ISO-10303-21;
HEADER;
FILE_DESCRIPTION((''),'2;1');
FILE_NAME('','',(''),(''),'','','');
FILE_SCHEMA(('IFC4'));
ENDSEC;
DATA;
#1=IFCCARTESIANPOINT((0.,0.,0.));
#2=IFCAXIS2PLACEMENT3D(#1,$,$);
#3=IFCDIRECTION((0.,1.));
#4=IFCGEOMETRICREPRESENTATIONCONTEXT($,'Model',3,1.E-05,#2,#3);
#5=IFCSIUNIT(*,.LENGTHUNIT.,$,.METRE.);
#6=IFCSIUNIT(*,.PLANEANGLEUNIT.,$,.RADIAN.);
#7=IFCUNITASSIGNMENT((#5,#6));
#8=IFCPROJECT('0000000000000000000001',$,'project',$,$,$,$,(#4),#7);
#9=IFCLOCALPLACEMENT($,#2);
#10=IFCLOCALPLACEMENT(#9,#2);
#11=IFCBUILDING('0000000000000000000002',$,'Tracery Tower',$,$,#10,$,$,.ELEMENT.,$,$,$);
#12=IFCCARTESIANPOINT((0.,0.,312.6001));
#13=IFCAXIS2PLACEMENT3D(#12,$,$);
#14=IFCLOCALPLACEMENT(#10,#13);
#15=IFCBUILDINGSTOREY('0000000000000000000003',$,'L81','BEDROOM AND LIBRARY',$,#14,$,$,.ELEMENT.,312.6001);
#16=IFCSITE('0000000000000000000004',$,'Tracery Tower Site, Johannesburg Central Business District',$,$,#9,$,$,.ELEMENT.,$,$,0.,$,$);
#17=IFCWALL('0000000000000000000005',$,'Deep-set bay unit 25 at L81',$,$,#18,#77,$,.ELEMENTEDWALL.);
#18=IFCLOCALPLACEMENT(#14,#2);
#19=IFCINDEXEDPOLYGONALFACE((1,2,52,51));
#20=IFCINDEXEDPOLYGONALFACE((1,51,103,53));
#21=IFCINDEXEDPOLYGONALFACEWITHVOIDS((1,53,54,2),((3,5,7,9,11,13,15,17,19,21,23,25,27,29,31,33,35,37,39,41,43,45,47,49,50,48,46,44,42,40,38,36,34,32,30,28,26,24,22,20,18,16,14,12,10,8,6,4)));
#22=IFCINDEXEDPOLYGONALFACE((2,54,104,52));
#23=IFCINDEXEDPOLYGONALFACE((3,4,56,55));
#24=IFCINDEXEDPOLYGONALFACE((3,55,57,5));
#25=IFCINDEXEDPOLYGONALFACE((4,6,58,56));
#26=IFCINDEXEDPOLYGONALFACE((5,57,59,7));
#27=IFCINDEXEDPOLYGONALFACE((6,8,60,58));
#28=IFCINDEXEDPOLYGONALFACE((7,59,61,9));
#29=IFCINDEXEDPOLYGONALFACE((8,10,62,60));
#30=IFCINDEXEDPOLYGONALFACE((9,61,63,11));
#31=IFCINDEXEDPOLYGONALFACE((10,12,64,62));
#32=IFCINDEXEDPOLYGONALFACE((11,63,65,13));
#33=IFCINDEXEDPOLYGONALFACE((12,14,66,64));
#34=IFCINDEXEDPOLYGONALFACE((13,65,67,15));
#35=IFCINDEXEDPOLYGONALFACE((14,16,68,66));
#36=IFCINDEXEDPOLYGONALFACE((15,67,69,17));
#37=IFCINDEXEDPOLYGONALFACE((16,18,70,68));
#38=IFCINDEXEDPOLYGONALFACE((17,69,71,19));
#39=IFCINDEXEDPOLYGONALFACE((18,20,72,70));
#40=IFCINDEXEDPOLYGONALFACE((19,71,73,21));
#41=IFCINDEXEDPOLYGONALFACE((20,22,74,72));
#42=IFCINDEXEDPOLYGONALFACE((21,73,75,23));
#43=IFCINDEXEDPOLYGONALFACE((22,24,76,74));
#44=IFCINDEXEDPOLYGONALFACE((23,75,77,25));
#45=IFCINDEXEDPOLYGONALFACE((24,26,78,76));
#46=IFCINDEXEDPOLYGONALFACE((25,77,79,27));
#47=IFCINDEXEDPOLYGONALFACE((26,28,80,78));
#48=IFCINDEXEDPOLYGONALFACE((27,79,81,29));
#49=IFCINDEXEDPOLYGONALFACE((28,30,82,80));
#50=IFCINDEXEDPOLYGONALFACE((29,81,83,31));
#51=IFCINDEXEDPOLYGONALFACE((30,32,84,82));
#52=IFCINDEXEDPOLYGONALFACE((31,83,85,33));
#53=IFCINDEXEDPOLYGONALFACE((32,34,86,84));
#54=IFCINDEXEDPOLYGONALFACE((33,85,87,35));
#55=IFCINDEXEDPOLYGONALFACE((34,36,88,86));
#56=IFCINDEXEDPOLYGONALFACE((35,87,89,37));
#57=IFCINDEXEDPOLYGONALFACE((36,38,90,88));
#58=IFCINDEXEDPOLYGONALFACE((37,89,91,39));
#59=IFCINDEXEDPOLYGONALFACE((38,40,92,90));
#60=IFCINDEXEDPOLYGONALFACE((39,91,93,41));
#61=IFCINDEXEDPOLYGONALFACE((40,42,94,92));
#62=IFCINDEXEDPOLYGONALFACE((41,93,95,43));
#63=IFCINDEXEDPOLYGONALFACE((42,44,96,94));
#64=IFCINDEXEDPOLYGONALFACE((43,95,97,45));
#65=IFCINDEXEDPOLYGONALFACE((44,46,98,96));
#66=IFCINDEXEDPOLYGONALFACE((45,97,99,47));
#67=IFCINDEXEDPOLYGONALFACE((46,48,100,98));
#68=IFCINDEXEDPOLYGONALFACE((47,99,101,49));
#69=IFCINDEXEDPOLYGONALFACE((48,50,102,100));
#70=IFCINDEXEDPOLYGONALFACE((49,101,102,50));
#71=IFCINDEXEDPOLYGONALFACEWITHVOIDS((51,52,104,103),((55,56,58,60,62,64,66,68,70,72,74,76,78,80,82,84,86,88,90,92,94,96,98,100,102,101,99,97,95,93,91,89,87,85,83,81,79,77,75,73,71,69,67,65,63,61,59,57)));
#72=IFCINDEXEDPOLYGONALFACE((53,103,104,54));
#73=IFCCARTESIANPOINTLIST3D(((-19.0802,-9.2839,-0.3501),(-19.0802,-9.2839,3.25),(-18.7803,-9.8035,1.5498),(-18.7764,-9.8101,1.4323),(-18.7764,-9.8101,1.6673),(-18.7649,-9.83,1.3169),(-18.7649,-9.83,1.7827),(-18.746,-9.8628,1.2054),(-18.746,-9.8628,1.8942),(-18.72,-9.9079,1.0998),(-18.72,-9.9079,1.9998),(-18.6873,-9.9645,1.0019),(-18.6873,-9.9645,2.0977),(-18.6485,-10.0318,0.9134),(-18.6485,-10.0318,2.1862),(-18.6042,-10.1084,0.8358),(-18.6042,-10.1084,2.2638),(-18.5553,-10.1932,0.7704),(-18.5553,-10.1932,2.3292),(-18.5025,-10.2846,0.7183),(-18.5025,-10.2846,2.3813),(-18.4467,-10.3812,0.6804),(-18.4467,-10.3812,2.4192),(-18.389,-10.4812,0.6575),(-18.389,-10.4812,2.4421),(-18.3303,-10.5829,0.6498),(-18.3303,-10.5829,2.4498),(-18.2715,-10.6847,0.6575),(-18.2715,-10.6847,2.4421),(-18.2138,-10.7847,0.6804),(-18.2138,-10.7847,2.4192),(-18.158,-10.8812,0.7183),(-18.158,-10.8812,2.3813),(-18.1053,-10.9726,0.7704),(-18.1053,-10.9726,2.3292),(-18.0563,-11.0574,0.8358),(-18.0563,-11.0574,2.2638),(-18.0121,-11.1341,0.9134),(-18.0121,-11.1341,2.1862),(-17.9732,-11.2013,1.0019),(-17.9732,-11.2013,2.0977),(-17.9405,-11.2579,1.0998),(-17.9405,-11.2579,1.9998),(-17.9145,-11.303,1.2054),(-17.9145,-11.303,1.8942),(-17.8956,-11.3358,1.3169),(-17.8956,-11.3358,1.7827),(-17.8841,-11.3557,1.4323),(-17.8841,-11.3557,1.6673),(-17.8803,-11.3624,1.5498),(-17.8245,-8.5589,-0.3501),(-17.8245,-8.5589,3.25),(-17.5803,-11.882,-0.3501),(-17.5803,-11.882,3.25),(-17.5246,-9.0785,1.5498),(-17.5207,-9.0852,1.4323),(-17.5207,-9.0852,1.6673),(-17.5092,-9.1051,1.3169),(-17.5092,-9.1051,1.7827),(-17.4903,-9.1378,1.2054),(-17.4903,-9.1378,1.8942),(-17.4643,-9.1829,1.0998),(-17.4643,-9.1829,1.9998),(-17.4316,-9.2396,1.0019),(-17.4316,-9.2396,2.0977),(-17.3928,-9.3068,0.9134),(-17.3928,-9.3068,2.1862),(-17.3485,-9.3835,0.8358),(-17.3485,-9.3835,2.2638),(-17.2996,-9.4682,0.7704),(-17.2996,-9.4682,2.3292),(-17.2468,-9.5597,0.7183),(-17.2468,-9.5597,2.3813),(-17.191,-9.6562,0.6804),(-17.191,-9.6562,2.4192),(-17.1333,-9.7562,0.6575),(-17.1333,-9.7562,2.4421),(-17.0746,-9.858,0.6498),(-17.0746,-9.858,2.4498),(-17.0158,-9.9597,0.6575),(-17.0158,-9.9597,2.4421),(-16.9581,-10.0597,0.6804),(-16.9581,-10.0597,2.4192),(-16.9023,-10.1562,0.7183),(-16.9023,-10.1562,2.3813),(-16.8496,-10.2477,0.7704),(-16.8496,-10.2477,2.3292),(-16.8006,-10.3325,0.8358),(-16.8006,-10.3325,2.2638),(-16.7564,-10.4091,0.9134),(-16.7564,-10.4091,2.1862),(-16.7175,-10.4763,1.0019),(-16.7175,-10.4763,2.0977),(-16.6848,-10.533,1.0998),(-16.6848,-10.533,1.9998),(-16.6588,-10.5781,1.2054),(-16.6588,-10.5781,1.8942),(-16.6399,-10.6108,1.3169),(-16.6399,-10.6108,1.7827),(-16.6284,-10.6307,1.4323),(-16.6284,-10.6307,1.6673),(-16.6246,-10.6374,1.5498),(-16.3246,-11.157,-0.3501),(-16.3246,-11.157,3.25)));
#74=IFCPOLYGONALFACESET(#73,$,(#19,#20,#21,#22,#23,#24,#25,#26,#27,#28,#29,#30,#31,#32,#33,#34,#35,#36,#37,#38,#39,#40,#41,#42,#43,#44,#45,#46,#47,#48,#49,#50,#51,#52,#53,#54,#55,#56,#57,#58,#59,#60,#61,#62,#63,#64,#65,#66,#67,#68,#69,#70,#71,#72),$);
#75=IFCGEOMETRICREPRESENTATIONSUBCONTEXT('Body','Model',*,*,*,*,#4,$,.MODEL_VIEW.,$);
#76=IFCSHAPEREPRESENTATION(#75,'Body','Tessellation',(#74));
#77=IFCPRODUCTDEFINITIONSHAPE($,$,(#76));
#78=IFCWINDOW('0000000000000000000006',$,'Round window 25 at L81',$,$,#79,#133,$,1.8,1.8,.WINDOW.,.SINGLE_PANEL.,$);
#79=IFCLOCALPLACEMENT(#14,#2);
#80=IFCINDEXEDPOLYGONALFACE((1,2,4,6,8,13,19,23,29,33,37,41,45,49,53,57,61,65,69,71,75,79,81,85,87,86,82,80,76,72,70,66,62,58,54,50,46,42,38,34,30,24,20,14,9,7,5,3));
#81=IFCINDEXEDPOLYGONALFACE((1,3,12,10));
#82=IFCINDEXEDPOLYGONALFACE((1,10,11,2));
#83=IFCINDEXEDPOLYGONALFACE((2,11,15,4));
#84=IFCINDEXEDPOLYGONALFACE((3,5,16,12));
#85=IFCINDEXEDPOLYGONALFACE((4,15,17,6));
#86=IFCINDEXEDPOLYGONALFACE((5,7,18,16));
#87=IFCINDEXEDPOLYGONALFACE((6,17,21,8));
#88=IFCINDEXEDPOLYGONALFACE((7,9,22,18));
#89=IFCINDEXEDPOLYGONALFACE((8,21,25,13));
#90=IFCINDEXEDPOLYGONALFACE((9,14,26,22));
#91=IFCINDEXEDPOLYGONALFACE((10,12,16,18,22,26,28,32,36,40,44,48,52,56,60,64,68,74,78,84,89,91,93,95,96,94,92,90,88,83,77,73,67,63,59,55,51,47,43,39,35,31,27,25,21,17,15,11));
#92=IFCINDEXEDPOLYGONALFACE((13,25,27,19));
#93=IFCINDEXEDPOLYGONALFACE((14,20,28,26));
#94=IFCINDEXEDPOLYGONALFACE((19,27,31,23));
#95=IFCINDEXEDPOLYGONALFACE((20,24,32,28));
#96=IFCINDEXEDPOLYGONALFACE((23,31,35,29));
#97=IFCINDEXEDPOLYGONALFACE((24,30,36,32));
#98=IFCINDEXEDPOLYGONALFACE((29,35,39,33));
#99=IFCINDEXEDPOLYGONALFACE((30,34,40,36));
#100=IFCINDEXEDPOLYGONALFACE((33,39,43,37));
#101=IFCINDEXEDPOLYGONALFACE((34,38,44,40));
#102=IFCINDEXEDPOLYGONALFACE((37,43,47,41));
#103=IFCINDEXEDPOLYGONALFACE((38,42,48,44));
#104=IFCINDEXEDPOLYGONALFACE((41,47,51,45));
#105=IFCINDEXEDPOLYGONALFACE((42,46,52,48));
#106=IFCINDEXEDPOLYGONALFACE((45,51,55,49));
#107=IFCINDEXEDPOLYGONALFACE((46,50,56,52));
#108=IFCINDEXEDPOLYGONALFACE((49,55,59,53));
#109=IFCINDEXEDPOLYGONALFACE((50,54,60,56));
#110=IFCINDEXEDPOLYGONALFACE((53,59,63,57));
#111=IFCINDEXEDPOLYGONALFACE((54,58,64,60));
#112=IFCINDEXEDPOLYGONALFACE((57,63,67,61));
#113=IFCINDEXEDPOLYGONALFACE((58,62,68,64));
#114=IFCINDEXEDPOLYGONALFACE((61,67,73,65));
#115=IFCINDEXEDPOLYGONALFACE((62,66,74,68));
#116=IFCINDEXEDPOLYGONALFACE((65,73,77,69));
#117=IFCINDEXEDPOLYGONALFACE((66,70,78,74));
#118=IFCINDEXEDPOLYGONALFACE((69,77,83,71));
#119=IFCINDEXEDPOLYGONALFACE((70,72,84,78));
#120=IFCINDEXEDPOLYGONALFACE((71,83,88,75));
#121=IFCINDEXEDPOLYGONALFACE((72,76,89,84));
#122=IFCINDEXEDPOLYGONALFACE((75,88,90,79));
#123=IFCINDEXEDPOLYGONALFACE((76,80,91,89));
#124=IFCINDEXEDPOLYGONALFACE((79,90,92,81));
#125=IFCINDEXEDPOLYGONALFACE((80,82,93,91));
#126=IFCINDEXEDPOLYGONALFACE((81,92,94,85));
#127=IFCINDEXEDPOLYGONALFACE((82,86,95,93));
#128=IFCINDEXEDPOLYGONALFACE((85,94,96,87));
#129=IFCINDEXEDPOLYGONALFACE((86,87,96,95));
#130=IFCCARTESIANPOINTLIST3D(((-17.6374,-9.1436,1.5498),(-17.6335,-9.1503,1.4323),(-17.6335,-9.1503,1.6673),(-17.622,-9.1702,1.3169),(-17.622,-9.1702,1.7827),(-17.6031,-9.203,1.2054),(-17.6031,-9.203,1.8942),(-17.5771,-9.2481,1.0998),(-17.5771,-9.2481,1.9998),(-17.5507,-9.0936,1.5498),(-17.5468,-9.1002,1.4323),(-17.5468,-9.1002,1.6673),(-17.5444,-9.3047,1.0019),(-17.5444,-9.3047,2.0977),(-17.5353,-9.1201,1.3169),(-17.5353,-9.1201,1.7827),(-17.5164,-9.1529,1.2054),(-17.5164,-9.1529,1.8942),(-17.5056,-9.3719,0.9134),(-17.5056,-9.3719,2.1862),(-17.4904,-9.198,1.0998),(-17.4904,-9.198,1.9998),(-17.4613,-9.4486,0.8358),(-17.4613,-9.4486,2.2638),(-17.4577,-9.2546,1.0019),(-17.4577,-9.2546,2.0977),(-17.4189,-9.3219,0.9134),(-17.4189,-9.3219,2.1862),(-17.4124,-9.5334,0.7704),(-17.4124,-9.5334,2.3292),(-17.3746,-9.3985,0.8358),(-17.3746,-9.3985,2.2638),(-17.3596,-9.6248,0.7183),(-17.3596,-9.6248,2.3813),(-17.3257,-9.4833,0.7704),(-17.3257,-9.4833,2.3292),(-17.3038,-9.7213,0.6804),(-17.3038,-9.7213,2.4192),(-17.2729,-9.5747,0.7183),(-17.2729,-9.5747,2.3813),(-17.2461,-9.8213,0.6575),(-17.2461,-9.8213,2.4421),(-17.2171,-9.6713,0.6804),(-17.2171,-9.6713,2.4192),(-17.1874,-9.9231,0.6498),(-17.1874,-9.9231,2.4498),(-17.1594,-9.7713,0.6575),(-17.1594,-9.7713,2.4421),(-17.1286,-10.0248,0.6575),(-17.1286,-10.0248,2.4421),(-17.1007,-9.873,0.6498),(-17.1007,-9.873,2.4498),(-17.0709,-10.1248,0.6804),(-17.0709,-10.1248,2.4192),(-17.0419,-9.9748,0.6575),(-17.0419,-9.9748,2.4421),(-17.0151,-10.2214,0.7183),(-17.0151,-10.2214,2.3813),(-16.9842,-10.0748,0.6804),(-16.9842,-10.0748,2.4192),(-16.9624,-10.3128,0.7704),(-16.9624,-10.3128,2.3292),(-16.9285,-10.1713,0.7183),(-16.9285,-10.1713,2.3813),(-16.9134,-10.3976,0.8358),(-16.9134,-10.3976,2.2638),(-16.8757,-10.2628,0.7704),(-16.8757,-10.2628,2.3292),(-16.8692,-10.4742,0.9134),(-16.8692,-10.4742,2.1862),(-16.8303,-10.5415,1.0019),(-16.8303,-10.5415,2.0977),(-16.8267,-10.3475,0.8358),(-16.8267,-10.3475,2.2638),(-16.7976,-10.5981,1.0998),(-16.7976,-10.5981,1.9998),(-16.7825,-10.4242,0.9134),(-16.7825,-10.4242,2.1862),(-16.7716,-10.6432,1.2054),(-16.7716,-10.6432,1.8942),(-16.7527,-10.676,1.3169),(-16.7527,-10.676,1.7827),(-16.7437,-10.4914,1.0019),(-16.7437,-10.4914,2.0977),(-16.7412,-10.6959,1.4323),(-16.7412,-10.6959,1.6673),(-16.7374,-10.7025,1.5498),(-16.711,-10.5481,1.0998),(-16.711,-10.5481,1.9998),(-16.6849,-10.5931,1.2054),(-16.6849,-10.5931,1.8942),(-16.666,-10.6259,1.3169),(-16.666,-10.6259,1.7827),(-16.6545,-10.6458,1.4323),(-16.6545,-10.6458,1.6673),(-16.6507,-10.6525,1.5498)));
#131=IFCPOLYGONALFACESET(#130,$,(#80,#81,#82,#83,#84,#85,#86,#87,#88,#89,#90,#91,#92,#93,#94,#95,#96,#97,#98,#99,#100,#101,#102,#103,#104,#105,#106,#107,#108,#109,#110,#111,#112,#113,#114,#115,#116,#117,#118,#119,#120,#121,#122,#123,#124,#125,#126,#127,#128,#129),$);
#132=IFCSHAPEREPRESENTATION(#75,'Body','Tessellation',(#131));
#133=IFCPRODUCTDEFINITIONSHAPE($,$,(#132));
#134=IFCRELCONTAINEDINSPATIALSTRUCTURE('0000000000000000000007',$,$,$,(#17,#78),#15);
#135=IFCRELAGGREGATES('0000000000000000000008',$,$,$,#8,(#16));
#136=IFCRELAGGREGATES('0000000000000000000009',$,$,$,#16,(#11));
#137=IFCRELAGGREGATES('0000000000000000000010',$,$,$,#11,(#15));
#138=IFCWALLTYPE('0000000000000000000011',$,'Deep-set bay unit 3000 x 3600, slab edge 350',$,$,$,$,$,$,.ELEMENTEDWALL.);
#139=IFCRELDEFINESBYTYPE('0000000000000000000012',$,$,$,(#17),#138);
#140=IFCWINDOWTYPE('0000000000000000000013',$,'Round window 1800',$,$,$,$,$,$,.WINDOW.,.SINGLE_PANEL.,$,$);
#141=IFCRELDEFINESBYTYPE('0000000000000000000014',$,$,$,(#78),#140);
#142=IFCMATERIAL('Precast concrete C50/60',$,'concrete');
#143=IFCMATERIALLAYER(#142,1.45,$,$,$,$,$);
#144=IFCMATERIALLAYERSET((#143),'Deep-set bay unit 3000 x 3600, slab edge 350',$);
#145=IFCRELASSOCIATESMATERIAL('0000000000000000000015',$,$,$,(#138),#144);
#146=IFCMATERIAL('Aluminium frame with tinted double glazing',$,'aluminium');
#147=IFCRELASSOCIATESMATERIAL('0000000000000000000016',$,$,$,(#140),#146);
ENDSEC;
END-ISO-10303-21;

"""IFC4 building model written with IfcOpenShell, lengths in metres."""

from ifc_helpers import new_model, si_unit, direction, frame, frame_2d, origin, origin_2d, place, context, subcontext, project, spatial, rectangle, circle, extrude, material, layer, layer_set, type_object, element, fill, save


model = new_model("IFC4")

# Units and contexts
model_context = context("Model", 3, precision=1e-05, world=origin(), true_north=direction((0.0, 1.0)))
body_context = subcontext(model_context, "Body", "Model", "MODEL_VIEW")
ifc_project = project(units=[si_unit("LENGTHUNIT", "METRE"), si_unit("PLANEANGLEUNIT", "RADIAN")], contexts=[model_context])

# Site, building, storey
site_placement = place(None, origin())
site = spatial("IfcSite", under=ifc_project, at=site_placement, Name="Tracery Tower Site, Johannesburg Central Business District", CompositionType="ELEMENT", RefElevation=0.0)
building_placement = place(site_placement, origin())
building = spatial("IfcBuilding", under=site, at=building_placement, Name="Tracery Tower", CompositionType="ELEMENT")
storey_placement = place(building_placement, frame((0.0, 0.0, 312.6001)))
storey = spatial("IfcBuildingStorey", under=building, at=storey_placement, Name="L81", Description="BEDROOM AND LIBRARY", CompositionType="ELEMENT", Elevation=312.6001)

# Wall, opening, window
ifc_material_1 = material(Name="Precast concrete C50/60", Category="concrete")
ifc_layer_1 = layer(ifc_material_1, 1.45)
ifc_layer_set_1 = layer_set([ifc_layer_1], Name="Deep-set bay unit 3000 x 3600, slab edge 350")
wall_type_1 = type_object("IfcWallType", Name="Deep-set bay unit 3000 x 3600, slab edge 350", PredefinedType="ELEMENTEDWALL", material=ifc_layer_set_1)
wall_1_placement = place(storey_placement, frame((-18.4524, -8.9214, -0.3501), z_axis=(0.0, 0.0, 1.0), x_axis=(0.49999, -0.866031, 0.0)))
wall_1 = element("IfcWall", 1, at=wall_1_placement, inside=storey, type_object=wall_type_1, Name="Deep-set bay unit 25 at L81", PredefinedType="ELEMENTEDWALL", context=body_context, shape_type="SweptSolid", body=[
    extrude(rectangle(XDim=3.0, YDim=1.45, at=frame_2d((1.5, 0.0))), origin(), (0.0, 0.0, 1.0), 3.6001),
])
opening_1_placement = place(wall_1_placement, frame((1.5, 0.0, 1.8999)))
opening_1 = element("IfcOpeningElement", 2, at=opening_1_placement, cuts=wall_1, PredefinedType="OPENING", context=body_context, shape_type="SweptSolid", body=[
    extrude(circle(Radius=0.9, at=origin_2d()), frame((0.0, 0.7349, 0.0), z_axis=(0.0, -1.0, 0.0), x_axis=(1.0, 0.0, 0.0)), (0.0, 0.0, 1.0), 1.47),
])
ifc_material_2 = material(Name="Aluminium frame with tinted double glazing", Category="aluminium")
window_type = type_object("IfcWindowType", Name="Round window 1800", PartitioningType="SINGLE_PANEL", PredefinedType="WINDOW", material=ifc_material_2)
window_1_placement = place(opening_1_placement, origin())
window_1 = element("IfcWindow", 3, at=window_1_placement, inside=storey, type_object=window_type, Name="Round window 25 at L81", OverallHeight=1.8, OverallWidth=1.8, PartitioningType="SINGLE_PANEL", PredefinedType="WINDOW", context=body_context, shape_type="SweptSolid", body=[
    extrude(circle(Radius=0.9, at=origin_2d()), frame((0.0, 0.6948, 0.0), z_axis=(0.0, -1.0, 0.0), x_axis=(1.0, 0.0, 0.0)), (0.0, 0.0, 1.0), 0.1001),
])
fill(opening_1, window_1)

save(model, "model.ifc")
